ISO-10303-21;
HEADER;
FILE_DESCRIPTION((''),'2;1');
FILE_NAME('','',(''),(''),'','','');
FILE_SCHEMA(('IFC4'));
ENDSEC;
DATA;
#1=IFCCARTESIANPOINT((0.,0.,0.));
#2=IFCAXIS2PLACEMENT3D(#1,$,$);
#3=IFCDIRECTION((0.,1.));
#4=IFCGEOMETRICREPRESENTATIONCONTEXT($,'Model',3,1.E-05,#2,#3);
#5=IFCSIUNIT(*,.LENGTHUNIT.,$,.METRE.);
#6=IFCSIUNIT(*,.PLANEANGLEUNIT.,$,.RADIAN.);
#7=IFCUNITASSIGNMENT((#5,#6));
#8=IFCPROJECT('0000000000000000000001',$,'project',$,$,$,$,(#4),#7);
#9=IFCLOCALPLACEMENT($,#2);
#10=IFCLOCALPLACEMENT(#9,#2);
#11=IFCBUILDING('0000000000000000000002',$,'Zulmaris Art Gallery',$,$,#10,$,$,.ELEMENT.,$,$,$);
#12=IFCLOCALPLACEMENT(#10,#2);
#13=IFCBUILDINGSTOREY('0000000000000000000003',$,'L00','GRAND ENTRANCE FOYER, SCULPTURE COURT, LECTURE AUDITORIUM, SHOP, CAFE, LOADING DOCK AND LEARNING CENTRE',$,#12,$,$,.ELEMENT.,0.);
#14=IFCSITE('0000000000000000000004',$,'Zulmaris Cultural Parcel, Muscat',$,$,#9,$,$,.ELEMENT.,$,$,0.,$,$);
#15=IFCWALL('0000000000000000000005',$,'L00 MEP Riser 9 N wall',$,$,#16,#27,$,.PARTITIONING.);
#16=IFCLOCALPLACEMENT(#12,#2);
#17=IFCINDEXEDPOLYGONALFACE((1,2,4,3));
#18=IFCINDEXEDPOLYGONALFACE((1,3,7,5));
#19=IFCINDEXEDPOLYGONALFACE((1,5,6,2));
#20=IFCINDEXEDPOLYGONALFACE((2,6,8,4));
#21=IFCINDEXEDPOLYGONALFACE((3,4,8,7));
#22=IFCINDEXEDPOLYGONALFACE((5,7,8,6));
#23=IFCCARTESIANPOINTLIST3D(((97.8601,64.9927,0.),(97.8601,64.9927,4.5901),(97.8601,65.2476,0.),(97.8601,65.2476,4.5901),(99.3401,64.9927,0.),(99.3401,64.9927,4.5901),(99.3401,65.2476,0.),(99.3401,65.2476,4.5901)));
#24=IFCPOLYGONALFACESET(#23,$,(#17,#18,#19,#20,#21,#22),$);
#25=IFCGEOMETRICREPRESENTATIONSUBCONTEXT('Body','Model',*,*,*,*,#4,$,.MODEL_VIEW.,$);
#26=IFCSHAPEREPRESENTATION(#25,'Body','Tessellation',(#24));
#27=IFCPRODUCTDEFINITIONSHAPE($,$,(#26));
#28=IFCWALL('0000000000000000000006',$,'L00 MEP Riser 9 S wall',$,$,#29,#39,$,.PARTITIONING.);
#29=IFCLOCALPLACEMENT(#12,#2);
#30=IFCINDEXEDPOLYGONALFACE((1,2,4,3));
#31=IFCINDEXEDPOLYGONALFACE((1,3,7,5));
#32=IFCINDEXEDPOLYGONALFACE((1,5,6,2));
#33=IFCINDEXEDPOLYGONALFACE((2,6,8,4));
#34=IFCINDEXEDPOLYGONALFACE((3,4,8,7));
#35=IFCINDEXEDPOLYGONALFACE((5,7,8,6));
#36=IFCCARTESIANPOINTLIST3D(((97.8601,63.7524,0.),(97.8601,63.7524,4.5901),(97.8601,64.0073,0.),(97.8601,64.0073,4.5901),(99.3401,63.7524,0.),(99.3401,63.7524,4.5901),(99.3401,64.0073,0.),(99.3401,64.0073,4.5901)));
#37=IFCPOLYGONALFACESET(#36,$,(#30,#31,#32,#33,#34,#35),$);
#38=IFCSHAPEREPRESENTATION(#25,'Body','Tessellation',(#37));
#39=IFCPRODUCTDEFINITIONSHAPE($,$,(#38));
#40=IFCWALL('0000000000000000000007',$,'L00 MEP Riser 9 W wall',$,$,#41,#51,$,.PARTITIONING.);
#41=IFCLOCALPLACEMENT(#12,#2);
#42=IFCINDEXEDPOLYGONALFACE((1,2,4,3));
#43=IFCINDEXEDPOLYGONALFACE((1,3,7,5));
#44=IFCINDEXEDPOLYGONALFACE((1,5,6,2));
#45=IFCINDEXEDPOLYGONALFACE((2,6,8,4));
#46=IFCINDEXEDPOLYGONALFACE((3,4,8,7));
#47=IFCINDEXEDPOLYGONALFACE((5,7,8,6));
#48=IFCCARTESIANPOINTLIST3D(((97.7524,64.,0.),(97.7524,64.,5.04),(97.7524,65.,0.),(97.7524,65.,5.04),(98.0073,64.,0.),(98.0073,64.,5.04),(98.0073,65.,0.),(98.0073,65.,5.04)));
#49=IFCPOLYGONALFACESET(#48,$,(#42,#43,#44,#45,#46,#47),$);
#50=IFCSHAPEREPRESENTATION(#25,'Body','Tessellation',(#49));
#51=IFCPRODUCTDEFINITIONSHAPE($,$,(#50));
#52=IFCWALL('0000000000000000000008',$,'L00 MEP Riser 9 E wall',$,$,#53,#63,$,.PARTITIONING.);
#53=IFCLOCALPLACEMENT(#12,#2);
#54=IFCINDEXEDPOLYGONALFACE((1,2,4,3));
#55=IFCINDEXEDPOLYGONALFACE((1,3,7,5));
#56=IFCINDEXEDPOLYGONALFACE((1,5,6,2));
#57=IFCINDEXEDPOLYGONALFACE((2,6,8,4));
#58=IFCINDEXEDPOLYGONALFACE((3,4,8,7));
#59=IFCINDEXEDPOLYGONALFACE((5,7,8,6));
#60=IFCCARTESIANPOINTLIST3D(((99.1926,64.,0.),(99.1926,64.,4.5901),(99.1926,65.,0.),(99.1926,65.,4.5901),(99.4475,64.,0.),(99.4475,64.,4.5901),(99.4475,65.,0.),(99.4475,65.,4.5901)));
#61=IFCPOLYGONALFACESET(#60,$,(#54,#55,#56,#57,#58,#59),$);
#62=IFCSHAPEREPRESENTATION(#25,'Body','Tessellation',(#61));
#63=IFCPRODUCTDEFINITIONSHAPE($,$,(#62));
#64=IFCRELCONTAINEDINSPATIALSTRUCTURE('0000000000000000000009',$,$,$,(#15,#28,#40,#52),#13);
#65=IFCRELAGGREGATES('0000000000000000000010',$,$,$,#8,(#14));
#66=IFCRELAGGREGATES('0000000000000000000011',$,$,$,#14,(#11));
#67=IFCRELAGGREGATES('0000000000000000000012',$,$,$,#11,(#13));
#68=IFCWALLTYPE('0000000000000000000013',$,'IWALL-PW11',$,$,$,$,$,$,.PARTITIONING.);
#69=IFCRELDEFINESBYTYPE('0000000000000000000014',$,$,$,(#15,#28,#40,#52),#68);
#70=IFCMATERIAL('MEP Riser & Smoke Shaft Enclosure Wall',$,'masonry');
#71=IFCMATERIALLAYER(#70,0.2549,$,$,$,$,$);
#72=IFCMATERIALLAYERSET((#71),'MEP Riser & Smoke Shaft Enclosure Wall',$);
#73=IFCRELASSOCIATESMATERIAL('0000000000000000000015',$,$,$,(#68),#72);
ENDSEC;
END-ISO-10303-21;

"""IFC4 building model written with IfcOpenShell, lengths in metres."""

from ifc_helpers import new_model, si_unit, direction, frame, frame_2d, origin, place, context, subcontext, project, spatial, rectangle, extrude, material, layer, layer_set, type_object, element, save


model = new_model("IFC4")

# Units and contexts
model_context = context("Model", 3, precision=1e-05, world=origin(), true_north=direction((0.0, 1.0)))
body_context = subcontext(model_context, "Body", "Model", "MODEL_VIEW")
ifc_project = project(units=[si_unit("LENGTHUNIT", "METRE"), si_unit("PLANEANGLEUNIT", "RADIAN")], contexts=[model_context])

# Site, building, storey
site_placement = place(None, origin())
site = spatial("IfcSite", under=ifc_project, at=site_placement, Name="Zulmaris Cultural Parcel, Muscat", CompositionType="ELEMENT", RefElevation=0.0)
building_placement = place(site_placement, origin())
building = spatial("IfcBuilding", under=site, at=building_placement, Name="Zulmaris Art Gallery", CompositionType="ELEMENT")
storey_placement = place(building_placement, origin())
storey = spatial("IfcBuildingStorey", under=building, at=storey_placement, Name="L00", Description="GRAND ENTRANCE FOYER, SCULPTURE COURT, LECTURE AUDITORIUM, SHOP, CAFE, LOADING DOCK AND LEARNING CENTRE", CompositionType="ELEMENT", Elevation=0.0)

# Walls
ifc_material_1 = material(Name="MEP Riser & Smoke Shaft Enclosure Wall", Category="masonry")
ifc_layer_1 = layer(ifc_material_1, 0.2549)
ifc_layer_set_1 = layer_set([ifc_layer_1], Name="MEP Riser & Smoke Shaft Enclosure Wall")
wall_type_1 = type_object("IfcWallType", Name="IWALL-PW11", PredefinedType="PARTITIONING", material=ifc_layer_set_1)
for number, where, z_axis, x_axis, name in (
    (1, (97.8601, 65.1201, 0.0), (0.0, 0.0, 1.0), (1.0, 0.0, 0.0), "L00 MEP Riser 9 N wall"),
    (2, (97.8601, 63.8799, 0.0), (0.0, 0.0, 1.0), (1.0, 0.0, 0.0), "L00 MEP Riser 9 S wall"),
):
    element("IfcWall", number, at=place(storey_placement, frame(where, z_axis=z_axis, x_axis=x_axis)), inside=storey, type_object=wall_type_1, Name=name, PredefinedType="PARTITIONING", context=body_context, shape_type="SweptSolid", body=[
        extrude(rectangle(XDim=1.48, YDim=0.2549, at=frame_2d((0.74, 0.0))), origin(), (0.0, 0.0, 1.0), 4.5901),
    ])
wall_1_placement = place(storey_placement, frame((97.8799, 64.0, 0.0), z_axis=(0.0, 0.0, 1.0), x_axis=(0.0, 1.0, 0.0)))
element("IfcWall", 3, at=wall_1_placement, inside=storey, type_object=wall_type_1, Name="L00 MEP Riser 9 W wall", PredefinedType="PARTITIONING", context=body_context, shape_type="SweptSolid", body=[
    extrude(rectangle(XDim=1.0, YDim=0.2549, at=frame_2d((0.5, 0.0))), origin(), (0.0, 0.0, 1.0), 5.04),
])
wall_2_placement = place(storey_placement, frame((99.3201, 64.0, 0.0), z_axis=(0.0, 0.0, 1.0), x_axis=(0.0, 1.0, 0.0)))
element("IfcWall", 4, at=wall_2_placement, inside=storey, type_object=wall_type_1, Name="L00 MEP Riser 9 E wall", PredefinedType="PARTITIONING", context=body_context, shape_type="SweptSolid", body=[
    extrude(rectangle(XDim=1.0, YDim=0.2549, at=frame_2d((0.5, 0.0))), origin(), (0.0, 0.0, 1.0), 4.5901),
])

save(model, "model.ifc")
